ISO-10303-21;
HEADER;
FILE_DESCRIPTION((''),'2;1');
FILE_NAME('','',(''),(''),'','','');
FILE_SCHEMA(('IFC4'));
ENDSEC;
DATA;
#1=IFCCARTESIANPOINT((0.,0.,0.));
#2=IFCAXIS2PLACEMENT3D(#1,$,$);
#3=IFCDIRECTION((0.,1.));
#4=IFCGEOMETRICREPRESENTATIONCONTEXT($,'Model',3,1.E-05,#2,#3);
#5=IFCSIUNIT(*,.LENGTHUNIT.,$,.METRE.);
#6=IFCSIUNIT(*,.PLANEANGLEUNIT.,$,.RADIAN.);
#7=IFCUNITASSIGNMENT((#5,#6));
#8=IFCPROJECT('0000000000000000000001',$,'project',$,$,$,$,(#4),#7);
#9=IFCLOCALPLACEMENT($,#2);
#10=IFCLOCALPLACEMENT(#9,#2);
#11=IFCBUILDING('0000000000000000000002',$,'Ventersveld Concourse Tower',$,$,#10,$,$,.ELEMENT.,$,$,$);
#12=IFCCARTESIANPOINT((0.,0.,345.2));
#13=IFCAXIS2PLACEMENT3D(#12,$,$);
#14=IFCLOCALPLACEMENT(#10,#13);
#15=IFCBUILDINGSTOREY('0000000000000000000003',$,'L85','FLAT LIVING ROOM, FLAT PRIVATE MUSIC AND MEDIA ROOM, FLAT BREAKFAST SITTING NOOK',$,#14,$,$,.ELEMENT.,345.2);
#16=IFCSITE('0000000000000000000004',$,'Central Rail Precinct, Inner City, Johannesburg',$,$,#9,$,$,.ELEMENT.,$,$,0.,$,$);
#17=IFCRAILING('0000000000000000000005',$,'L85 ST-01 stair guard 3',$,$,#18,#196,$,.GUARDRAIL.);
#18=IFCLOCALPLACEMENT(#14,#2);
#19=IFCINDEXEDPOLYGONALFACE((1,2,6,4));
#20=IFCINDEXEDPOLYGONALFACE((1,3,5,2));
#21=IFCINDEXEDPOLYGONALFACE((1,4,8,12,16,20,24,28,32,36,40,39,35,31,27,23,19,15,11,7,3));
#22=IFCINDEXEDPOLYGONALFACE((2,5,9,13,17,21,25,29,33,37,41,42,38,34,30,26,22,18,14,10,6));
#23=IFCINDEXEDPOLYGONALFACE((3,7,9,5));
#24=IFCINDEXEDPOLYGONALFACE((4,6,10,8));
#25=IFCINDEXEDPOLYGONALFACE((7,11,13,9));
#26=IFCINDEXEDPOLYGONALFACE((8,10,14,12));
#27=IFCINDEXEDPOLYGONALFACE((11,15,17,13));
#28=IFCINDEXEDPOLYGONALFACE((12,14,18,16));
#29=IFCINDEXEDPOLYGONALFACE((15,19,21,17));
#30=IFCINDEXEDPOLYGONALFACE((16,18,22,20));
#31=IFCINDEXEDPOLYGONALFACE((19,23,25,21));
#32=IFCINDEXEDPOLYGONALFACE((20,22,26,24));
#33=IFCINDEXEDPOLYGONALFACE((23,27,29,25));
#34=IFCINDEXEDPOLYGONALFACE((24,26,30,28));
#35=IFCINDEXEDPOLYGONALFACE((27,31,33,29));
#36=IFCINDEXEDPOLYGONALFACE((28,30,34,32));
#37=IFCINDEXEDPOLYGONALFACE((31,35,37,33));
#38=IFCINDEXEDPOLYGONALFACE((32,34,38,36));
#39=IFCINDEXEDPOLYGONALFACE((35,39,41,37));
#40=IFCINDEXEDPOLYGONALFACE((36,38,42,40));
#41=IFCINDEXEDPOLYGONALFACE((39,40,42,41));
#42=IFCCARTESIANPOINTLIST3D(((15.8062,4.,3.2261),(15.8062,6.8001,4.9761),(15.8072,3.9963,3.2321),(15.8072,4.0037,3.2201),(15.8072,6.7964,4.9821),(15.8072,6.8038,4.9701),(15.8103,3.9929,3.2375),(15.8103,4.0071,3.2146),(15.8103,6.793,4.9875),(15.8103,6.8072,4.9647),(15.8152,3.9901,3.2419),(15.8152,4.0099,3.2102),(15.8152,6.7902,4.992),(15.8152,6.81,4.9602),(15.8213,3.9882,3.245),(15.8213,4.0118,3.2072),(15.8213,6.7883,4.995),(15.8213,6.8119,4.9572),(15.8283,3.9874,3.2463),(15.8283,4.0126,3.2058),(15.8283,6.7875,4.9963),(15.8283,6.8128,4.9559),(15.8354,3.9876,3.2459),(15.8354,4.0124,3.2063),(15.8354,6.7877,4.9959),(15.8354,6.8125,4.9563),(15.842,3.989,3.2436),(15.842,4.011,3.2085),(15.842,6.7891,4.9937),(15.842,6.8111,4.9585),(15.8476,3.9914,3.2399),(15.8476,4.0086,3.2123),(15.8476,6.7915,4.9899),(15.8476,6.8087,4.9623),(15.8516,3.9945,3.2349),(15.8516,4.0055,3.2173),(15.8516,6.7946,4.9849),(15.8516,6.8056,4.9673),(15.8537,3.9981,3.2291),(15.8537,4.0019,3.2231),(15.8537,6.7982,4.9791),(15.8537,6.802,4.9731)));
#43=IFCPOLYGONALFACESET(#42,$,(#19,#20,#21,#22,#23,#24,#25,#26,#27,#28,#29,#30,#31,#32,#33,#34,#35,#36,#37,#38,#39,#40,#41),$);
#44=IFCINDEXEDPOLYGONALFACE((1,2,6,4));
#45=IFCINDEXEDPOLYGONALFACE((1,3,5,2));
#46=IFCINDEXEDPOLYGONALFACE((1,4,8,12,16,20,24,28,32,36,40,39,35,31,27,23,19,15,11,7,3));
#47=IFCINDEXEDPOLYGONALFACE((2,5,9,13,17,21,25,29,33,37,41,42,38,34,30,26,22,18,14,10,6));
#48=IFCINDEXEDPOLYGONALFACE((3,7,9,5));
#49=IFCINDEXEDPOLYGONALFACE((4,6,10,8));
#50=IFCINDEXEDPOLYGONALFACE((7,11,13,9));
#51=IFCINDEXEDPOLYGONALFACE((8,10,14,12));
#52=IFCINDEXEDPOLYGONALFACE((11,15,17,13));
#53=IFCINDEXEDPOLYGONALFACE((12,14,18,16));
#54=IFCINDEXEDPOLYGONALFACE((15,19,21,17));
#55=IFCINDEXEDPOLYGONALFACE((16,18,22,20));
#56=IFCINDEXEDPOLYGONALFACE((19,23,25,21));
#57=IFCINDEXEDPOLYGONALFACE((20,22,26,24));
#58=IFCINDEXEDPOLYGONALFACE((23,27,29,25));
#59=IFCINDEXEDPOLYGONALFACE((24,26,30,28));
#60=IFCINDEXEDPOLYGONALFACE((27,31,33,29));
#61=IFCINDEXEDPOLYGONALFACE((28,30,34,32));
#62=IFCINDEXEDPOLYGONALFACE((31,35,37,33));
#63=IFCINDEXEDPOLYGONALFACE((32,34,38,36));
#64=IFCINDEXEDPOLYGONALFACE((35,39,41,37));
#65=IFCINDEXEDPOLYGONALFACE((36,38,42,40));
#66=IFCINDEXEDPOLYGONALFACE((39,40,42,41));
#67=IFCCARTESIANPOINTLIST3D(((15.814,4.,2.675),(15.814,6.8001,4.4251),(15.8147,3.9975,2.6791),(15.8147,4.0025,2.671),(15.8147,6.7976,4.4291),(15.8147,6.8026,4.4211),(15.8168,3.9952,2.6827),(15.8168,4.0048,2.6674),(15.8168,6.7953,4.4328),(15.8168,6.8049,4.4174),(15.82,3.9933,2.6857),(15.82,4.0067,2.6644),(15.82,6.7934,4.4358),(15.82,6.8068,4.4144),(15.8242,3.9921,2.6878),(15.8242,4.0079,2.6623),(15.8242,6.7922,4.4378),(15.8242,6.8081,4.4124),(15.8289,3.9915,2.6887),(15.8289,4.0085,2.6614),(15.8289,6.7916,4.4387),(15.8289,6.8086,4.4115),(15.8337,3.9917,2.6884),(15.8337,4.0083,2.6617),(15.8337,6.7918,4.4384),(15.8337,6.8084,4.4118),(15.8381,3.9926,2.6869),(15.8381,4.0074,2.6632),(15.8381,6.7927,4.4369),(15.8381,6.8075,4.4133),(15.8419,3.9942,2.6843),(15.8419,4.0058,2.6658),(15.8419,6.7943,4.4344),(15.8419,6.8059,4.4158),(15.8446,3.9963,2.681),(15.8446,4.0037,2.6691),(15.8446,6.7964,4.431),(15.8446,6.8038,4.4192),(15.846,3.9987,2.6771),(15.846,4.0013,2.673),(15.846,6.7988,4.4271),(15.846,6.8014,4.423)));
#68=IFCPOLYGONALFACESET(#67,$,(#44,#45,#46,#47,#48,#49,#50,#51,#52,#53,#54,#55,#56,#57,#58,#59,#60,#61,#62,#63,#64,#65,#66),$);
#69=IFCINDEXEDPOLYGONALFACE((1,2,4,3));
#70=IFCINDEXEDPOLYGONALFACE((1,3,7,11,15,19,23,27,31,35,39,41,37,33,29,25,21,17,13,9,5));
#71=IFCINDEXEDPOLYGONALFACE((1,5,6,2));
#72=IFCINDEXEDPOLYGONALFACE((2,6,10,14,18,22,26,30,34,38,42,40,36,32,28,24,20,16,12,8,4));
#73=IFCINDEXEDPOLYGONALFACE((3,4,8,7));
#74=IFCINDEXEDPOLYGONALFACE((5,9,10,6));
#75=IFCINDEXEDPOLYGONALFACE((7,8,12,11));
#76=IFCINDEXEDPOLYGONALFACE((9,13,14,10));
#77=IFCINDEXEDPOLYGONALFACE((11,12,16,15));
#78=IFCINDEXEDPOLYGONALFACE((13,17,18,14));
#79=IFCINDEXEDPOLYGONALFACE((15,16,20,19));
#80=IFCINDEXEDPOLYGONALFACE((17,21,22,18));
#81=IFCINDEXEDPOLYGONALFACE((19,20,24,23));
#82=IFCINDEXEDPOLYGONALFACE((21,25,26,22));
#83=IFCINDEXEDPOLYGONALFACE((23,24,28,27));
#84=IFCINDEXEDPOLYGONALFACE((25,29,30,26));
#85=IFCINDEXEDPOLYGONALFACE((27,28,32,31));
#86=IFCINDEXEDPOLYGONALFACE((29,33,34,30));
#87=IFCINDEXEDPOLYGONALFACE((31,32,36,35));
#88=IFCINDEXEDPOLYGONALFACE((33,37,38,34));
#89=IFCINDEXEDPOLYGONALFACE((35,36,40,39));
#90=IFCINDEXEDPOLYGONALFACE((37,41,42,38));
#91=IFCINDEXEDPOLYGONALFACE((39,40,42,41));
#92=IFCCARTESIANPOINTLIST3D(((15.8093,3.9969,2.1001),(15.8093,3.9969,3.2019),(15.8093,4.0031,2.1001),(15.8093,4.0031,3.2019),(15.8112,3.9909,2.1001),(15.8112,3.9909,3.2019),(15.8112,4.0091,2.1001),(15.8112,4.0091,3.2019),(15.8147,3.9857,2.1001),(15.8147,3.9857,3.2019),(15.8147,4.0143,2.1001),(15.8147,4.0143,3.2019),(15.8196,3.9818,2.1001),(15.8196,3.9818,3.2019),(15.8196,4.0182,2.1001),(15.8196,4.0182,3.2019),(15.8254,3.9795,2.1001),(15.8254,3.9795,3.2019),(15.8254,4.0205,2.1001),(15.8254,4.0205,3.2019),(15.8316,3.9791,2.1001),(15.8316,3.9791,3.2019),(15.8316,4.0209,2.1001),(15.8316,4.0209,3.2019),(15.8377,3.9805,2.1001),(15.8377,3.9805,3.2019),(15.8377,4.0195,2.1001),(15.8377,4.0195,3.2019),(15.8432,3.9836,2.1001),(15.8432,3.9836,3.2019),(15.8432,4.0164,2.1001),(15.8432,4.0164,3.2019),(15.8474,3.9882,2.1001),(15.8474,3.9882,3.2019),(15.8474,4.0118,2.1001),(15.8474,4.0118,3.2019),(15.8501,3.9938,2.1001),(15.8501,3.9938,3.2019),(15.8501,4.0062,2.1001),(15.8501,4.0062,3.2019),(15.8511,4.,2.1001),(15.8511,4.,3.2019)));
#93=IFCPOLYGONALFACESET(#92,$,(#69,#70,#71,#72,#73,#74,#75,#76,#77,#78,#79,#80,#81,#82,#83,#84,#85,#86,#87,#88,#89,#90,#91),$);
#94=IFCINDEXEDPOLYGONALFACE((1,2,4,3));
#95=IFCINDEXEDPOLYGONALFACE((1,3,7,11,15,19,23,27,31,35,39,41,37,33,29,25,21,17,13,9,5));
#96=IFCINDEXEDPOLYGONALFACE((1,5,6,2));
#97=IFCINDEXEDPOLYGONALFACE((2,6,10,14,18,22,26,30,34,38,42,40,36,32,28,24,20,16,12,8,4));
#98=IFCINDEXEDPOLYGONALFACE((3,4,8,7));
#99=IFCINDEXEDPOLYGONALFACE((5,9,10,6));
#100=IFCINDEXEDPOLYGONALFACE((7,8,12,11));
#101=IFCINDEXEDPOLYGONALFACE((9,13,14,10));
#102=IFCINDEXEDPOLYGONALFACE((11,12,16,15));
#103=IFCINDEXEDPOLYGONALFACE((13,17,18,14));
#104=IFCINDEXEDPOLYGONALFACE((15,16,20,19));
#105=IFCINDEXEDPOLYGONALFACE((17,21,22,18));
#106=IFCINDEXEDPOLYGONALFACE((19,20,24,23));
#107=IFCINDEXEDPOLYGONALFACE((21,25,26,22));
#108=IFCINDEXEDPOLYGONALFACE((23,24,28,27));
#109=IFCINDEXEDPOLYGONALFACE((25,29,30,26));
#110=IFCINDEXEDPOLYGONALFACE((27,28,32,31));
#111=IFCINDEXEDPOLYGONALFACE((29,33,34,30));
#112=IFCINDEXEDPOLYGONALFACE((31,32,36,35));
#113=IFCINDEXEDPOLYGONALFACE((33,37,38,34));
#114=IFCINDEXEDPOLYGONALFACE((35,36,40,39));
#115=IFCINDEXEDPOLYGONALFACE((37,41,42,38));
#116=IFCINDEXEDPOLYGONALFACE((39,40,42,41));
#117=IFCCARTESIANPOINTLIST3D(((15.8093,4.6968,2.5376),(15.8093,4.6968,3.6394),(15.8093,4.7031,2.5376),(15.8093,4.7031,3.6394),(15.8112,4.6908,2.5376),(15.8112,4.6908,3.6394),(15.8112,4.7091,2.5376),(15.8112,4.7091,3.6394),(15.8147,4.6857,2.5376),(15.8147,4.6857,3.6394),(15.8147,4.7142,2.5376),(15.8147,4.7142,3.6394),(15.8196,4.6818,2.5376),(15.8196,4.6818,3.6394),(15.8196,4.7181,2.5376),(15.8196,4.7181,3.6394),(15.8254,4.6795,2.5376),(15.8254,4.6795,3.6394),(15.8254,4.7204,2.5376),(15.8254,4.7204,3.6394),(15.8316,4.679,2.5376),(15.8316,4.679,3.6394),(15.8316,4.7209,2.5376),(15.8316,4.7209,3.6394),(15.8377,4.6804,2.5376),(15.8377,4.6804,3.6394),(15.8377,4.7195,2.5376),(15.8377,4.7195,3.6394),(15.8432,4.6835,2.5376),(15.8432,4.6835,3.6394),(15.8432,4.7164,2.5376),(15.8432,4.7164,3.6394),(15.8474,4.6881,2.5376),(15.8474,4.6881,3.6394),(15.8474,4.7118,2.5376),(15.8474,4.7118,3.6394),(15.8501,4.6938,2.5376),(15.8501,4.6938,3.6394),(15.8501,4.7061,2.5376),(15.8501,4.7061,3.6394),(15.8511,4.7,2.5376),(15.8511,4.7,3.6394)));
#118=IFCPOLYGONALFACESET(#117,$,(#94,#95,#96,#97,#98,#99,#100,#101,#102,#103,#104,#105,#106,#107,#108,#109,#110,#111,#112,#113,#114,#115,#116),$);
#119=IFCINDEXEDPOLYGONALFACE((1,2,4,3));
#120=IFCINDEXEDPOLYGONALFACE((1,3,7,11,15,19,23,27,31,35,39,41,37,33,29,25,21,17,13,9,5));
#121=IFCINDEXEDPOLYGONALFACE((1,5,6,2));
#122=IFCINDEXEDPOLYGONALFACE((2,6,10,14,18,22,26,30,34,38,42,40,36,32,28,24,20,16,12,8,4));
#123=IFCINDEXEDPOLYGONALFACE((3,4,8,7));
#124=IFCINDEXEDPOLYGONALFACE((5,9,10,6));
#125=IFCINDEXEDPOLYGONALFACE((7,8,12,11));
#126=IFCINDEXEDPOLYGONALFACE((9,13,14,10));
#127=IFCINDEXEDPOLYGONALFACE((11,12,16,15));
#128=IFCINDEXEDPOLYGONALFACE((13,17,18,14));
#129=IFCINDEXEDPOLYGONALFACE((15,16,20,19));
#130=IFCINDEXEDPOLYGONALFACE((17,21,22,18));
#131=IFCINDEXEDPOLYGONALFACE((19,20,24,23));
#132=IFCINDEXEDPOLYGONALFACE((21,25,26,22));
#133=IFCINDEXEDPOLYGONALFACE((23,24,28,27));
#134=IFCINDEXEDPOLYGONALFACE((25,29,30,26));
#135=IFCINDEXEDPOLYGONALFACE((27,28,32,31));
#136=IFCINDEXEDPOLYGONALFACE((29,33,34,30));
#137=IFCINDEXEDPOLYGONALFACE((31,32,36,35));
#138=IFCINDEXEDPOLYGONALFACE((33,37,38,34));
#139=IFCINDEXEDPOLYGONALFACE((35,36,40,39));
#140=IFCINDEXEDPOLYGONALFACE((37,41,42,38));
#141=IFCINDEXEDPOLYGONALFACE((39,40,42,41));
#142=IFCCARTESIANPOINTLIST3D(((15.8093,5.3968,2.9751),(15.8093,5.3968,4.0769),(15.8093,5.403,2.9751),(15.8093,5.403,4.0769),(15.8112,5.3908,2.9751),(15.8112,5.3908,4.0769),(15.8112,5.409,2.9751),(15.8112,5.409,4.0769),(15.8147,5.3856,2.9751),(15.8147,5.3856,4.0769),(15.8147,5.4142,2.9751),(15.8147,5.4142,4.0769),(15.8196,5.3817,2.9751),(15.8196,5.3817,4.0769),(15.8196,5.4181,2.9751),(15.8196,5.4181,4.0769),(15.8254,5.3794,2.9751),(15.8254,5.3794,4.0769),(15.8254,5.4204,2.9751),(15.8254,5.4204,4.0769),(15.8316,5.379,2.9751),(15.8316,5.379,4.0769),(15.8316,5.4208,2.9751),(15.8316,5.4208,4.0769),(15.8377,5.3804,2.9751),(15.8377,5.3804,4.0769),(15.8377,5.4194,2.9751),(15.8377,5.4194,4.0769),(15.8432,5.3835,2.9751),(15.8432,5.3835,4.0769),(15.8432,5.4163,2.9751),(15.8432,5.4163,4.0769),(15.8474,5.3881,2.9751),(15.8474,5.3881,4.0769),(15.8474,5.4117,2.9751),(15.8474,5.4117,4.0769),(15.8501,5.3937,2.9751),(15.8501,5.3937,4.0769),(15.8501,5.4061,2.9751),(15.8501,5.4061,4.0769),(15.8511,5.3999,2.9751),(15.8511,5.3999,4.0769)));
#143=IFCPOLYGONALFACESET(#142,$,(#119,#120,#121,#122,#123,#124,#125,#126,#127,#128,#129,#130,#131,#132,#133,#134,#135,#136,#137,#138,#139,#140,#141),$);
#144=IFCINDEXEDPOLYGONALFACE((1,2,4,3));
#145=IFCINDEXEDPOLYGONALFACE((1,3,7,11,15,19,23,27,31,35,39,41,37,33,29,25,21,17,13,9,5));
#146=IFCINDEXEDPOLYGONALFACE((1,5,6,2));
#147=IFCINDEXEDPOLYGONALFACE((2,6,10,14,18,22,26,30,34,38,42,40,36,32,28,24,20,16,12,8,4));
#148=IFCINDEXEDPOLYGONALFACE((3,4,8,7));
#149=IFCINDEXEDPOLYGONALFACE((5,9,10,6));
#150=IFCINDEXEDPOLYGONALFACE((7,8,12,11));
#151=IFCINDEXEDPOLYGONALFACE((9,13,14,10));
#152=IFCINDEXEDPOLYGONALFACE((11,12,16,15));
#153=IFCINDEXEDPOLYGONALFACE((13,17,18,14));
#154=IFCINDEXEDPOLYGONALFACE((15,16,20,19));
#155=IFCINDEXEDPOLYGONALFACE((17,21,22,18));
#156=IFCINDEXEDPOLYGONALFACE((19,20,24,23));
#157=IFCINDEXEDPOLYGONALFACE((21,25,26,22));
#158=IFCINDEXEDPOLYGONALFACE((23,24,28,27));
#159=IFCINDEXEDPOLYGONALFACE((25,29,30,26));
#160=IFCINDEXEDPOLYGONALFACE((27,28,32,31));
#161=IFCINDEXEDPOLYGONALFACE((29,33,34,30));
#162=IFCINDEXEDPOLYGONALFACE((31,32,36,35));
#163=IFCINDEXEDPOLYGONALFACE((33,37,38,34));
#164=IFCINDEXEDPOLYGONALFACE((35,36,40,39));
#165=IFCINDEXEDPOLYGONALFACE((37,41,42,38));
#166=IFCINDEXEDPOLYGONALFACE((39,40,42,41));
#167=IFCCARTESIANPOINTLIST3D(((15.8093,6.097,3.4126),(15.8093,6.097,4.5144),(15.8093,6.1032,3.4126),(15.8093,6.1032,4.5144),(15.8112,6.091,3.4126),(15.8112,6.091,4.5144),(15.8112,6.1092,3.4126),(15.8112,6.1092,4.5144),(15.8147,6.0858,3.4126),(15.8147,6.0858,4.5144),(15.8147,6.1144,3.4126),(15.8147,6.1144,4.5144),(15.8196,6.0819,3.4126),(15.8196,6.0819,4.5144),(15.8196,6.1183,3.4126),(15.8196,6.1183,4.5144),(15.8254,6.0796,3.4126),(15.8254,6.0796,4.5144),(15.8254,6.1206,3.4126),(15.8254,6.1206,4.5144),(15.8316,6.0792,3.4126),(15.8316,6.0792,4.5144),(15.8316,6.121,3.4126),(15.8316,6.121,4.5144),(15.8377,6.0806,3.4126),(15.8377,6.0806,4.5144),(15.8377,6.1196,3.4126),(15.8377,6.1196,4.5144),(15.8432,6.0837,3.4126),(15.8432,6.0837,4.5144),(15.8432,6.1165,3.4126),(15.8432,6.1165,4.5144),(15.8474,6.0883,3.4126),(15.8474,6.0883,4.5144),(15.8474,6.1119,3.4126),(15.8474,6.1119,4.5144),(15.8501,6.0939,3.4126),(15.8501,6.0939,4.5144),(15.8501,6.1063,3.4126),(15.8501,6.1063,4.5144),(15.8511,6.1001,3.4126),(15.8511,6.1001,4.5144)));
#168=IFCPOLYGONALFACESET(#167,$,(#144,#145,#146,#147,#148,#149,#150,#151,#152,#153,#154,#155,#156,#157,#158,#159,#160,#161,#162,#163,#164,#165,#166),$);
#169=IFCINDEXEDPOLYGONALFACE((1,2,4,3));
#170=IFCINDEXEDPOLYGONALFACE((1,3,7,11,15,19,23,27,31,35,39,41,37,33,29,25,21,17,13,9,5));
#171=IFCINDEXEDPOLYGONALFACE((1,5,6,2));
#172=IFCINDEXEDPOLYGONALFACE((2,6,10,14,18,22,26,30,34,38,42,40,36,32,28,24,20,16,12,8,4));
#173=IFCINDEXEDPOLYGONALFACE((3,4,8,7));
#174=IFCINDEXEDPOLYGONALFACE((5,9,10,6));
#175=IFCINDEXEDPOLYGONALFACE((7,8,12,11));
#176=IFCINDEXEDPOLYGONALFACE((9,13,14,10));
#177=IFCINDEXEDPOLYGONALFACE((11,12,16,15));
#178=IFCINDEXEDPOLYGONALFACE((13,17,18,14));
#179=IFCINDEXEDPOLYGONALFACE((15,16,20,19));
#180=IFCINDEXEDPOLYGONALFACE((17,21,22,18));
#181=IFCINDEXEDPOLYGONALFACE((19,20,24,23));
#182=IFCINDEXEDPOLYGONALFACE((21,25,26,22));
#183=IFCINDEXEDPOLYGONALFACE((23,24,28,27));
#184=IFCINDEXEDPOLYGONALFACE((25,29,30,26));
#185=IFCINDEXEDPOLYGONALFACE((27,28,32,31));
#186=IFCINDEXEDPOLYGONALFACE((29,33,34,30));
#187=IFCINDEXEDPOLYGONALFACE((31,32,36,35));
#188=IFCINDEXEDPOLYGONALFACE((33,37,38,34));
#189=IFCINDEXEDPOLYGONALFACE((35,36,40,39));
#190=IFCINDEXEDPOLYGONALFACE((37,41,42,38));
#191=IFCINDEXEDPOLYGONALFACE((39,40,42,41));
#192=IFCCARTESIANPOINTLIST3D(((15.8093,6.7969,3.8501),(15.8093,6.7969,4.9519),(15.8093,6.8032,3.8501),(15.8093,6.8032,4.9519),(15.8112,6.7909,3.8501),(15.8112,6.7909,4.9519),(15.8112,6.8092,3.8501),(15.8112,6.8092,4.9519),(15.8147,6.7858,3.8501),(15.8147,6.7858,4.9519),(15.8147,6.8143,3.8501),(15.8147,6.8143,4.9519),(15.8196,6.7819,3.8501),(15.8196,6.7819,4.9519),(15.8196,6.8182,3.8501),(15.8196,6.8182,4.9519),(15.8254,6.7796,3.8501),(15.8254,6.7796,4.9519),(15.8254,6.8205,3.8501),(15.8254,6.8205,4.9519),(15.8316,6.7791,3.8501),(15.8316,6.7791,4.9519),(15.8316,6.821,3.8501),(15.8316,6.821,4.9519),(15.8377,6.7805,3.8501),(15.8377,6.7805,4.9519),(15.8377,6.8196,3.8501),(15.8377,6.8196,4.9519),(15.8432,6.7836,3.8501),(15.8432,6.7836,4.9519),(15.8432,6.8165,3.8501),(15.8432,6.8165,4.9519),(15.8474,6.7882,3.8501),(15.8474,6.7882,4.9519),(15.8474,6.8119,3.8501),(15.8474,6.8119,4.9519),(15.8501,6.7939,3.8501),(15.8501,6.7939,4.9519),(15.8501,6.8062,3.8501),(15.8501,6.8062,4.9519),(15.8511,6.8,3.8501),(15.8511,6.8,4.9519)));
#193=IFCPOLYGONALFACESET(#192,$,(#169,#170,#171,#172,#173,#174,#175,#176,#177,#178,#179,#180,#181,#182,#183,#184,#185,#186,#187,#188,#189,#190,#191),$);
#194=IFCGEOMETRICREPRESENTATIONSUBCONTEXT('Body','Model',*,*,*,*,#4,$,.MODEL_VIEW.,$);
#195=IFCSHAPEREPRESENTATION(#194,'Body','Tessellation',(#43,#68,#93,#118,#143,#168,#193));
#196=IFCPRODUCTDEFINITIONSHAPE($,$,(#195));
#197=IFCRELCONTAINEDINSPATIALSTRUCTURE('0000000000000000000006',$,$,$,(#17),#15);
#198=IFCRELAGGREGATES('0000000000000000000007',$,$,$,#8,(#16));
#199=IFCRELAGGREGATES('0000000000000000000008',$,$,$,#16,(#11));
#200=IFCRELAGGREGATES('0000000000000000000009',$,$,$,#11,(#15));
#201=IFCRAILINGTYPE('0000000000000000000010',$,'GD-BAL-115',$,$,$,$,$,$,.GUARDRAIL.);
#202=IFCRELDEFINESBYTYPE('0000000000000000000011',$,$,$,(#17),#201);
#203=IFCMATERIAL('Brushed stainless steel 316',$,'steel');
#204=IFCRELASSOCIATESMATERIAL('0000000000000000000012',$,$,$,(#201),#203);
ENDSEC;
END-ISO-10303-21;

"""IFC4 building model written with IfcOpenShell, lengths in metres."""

from ifc_helpers import new_model, si_unit, direction, frame, origin, origin_2d, place, context, subcontext, project, spatial, circle, extrude, material, type_object, element, save


model = new_model("IFC4")

# Units and contexts
model_context = context("Model", 3, precision=1e-05, world=origin(), true_north=direction((0.0, 1.0)))
body_context = subcontext(model_context, "Body", "Model", "MODEL_VIEW")
ifc_project = project(units=[si_unit("LENGTHUNIT", "METRE"), si_unit("PLANEANGLEUNIT", "RADIAN")], contexts=[model_context])

# Site, building, storey
site_placement = place(None, origin())
site = spatial("IfcSite", under=ifc_project, at=site_placement, Name="Central Rail Precinct, Inner City, Johannesburg", CompositionType="ELEMENT", RefElevation=0.0)
building_placement = place(site_placement, origin())
building = spatial("IfcBuilding", under=site, at=building_placement, Name="Ventersveld Concourse Tower", CompositionType="ELEMENT")
storey_placement = place(building_placement, frame((0.0, 0.0, 345.2)))
storey = spatial("IfcBuildingStorey", under=building, at=storey_placement, Name="L85", Description="FLAT LIVING ROOM, FLAT PRIVATE MUSIC AND MEDIA ROOM, FLAT BREAKFAST SITTING NOOK", CompositionType="ELEMENT", Elevation=345.2)

# Railing
ifc_material_1 = material(Name="Brushed stainless steel 316", Category="steel")
railing_type_1 = type_object("IfcRailingType", Name="GD-BAL-115", PredefinedType="GUARDRAIL", material=ifc_material_1)
railing_1_placement = place(storey_placement, frame((15.8301, 4.0, 2.1001)))
element("IfcRailing", 1, at=railing_1_placement, inside=storey, type_object=railing_type_1, Name="L85 ST-01 stair guard 3", PredefinedType="GUARDRAIL", context=body_context, shape_type="SweptSolid", body=[
    extrude(circle(Radius=0.0239, at=origin_2d()), frame((0.0, 0.0, 1.126), z_axis=(0.0, 0.848002, 0.529992), x_axis=(-1.0, 0.0, 0.0)), (0.0, 0.0, 1.0), 3.302),
    extrude(circle(Radius=0.0161, at=origin_2d()), frame((0.0, 0.0, 0.575), z_axis=(0.0, 0.848002, 0.529992), x_axis=(-1.0, 0.0, 0.0)), (0.0, 0.0, 1.0), 3.302),
    extrude(circle(Radius=0.021, at=origin_2d()), origin(), (0.0, 0.0, 1.0), 1.1018),
    extrude(circle(Radius=0.021, at=origin_2d()), frame((0.0, 0.7, 0.4375)), (0.0, 0.0, 1.0), 1.1018),
    extrude(circle(Radius=0.021, at=origin_2d()), frame((0.0, 1.3999, 0.875)), (0.0, 0.0, 1.0), 1.1018),
    extrude(circle(Radius=0.021, at=origin_2d()), frame((0.0, 2.1001, 1.3125)), (0.0, 0.0, 1.0), 1.1018),
    extrude(circle(Radius=0.021, at=origin_2d()), frame((0.0, 2.8, 1.75)), (0.0, 0.0, 1.0), 1.1018),
])

save(model, "model.ifc")
